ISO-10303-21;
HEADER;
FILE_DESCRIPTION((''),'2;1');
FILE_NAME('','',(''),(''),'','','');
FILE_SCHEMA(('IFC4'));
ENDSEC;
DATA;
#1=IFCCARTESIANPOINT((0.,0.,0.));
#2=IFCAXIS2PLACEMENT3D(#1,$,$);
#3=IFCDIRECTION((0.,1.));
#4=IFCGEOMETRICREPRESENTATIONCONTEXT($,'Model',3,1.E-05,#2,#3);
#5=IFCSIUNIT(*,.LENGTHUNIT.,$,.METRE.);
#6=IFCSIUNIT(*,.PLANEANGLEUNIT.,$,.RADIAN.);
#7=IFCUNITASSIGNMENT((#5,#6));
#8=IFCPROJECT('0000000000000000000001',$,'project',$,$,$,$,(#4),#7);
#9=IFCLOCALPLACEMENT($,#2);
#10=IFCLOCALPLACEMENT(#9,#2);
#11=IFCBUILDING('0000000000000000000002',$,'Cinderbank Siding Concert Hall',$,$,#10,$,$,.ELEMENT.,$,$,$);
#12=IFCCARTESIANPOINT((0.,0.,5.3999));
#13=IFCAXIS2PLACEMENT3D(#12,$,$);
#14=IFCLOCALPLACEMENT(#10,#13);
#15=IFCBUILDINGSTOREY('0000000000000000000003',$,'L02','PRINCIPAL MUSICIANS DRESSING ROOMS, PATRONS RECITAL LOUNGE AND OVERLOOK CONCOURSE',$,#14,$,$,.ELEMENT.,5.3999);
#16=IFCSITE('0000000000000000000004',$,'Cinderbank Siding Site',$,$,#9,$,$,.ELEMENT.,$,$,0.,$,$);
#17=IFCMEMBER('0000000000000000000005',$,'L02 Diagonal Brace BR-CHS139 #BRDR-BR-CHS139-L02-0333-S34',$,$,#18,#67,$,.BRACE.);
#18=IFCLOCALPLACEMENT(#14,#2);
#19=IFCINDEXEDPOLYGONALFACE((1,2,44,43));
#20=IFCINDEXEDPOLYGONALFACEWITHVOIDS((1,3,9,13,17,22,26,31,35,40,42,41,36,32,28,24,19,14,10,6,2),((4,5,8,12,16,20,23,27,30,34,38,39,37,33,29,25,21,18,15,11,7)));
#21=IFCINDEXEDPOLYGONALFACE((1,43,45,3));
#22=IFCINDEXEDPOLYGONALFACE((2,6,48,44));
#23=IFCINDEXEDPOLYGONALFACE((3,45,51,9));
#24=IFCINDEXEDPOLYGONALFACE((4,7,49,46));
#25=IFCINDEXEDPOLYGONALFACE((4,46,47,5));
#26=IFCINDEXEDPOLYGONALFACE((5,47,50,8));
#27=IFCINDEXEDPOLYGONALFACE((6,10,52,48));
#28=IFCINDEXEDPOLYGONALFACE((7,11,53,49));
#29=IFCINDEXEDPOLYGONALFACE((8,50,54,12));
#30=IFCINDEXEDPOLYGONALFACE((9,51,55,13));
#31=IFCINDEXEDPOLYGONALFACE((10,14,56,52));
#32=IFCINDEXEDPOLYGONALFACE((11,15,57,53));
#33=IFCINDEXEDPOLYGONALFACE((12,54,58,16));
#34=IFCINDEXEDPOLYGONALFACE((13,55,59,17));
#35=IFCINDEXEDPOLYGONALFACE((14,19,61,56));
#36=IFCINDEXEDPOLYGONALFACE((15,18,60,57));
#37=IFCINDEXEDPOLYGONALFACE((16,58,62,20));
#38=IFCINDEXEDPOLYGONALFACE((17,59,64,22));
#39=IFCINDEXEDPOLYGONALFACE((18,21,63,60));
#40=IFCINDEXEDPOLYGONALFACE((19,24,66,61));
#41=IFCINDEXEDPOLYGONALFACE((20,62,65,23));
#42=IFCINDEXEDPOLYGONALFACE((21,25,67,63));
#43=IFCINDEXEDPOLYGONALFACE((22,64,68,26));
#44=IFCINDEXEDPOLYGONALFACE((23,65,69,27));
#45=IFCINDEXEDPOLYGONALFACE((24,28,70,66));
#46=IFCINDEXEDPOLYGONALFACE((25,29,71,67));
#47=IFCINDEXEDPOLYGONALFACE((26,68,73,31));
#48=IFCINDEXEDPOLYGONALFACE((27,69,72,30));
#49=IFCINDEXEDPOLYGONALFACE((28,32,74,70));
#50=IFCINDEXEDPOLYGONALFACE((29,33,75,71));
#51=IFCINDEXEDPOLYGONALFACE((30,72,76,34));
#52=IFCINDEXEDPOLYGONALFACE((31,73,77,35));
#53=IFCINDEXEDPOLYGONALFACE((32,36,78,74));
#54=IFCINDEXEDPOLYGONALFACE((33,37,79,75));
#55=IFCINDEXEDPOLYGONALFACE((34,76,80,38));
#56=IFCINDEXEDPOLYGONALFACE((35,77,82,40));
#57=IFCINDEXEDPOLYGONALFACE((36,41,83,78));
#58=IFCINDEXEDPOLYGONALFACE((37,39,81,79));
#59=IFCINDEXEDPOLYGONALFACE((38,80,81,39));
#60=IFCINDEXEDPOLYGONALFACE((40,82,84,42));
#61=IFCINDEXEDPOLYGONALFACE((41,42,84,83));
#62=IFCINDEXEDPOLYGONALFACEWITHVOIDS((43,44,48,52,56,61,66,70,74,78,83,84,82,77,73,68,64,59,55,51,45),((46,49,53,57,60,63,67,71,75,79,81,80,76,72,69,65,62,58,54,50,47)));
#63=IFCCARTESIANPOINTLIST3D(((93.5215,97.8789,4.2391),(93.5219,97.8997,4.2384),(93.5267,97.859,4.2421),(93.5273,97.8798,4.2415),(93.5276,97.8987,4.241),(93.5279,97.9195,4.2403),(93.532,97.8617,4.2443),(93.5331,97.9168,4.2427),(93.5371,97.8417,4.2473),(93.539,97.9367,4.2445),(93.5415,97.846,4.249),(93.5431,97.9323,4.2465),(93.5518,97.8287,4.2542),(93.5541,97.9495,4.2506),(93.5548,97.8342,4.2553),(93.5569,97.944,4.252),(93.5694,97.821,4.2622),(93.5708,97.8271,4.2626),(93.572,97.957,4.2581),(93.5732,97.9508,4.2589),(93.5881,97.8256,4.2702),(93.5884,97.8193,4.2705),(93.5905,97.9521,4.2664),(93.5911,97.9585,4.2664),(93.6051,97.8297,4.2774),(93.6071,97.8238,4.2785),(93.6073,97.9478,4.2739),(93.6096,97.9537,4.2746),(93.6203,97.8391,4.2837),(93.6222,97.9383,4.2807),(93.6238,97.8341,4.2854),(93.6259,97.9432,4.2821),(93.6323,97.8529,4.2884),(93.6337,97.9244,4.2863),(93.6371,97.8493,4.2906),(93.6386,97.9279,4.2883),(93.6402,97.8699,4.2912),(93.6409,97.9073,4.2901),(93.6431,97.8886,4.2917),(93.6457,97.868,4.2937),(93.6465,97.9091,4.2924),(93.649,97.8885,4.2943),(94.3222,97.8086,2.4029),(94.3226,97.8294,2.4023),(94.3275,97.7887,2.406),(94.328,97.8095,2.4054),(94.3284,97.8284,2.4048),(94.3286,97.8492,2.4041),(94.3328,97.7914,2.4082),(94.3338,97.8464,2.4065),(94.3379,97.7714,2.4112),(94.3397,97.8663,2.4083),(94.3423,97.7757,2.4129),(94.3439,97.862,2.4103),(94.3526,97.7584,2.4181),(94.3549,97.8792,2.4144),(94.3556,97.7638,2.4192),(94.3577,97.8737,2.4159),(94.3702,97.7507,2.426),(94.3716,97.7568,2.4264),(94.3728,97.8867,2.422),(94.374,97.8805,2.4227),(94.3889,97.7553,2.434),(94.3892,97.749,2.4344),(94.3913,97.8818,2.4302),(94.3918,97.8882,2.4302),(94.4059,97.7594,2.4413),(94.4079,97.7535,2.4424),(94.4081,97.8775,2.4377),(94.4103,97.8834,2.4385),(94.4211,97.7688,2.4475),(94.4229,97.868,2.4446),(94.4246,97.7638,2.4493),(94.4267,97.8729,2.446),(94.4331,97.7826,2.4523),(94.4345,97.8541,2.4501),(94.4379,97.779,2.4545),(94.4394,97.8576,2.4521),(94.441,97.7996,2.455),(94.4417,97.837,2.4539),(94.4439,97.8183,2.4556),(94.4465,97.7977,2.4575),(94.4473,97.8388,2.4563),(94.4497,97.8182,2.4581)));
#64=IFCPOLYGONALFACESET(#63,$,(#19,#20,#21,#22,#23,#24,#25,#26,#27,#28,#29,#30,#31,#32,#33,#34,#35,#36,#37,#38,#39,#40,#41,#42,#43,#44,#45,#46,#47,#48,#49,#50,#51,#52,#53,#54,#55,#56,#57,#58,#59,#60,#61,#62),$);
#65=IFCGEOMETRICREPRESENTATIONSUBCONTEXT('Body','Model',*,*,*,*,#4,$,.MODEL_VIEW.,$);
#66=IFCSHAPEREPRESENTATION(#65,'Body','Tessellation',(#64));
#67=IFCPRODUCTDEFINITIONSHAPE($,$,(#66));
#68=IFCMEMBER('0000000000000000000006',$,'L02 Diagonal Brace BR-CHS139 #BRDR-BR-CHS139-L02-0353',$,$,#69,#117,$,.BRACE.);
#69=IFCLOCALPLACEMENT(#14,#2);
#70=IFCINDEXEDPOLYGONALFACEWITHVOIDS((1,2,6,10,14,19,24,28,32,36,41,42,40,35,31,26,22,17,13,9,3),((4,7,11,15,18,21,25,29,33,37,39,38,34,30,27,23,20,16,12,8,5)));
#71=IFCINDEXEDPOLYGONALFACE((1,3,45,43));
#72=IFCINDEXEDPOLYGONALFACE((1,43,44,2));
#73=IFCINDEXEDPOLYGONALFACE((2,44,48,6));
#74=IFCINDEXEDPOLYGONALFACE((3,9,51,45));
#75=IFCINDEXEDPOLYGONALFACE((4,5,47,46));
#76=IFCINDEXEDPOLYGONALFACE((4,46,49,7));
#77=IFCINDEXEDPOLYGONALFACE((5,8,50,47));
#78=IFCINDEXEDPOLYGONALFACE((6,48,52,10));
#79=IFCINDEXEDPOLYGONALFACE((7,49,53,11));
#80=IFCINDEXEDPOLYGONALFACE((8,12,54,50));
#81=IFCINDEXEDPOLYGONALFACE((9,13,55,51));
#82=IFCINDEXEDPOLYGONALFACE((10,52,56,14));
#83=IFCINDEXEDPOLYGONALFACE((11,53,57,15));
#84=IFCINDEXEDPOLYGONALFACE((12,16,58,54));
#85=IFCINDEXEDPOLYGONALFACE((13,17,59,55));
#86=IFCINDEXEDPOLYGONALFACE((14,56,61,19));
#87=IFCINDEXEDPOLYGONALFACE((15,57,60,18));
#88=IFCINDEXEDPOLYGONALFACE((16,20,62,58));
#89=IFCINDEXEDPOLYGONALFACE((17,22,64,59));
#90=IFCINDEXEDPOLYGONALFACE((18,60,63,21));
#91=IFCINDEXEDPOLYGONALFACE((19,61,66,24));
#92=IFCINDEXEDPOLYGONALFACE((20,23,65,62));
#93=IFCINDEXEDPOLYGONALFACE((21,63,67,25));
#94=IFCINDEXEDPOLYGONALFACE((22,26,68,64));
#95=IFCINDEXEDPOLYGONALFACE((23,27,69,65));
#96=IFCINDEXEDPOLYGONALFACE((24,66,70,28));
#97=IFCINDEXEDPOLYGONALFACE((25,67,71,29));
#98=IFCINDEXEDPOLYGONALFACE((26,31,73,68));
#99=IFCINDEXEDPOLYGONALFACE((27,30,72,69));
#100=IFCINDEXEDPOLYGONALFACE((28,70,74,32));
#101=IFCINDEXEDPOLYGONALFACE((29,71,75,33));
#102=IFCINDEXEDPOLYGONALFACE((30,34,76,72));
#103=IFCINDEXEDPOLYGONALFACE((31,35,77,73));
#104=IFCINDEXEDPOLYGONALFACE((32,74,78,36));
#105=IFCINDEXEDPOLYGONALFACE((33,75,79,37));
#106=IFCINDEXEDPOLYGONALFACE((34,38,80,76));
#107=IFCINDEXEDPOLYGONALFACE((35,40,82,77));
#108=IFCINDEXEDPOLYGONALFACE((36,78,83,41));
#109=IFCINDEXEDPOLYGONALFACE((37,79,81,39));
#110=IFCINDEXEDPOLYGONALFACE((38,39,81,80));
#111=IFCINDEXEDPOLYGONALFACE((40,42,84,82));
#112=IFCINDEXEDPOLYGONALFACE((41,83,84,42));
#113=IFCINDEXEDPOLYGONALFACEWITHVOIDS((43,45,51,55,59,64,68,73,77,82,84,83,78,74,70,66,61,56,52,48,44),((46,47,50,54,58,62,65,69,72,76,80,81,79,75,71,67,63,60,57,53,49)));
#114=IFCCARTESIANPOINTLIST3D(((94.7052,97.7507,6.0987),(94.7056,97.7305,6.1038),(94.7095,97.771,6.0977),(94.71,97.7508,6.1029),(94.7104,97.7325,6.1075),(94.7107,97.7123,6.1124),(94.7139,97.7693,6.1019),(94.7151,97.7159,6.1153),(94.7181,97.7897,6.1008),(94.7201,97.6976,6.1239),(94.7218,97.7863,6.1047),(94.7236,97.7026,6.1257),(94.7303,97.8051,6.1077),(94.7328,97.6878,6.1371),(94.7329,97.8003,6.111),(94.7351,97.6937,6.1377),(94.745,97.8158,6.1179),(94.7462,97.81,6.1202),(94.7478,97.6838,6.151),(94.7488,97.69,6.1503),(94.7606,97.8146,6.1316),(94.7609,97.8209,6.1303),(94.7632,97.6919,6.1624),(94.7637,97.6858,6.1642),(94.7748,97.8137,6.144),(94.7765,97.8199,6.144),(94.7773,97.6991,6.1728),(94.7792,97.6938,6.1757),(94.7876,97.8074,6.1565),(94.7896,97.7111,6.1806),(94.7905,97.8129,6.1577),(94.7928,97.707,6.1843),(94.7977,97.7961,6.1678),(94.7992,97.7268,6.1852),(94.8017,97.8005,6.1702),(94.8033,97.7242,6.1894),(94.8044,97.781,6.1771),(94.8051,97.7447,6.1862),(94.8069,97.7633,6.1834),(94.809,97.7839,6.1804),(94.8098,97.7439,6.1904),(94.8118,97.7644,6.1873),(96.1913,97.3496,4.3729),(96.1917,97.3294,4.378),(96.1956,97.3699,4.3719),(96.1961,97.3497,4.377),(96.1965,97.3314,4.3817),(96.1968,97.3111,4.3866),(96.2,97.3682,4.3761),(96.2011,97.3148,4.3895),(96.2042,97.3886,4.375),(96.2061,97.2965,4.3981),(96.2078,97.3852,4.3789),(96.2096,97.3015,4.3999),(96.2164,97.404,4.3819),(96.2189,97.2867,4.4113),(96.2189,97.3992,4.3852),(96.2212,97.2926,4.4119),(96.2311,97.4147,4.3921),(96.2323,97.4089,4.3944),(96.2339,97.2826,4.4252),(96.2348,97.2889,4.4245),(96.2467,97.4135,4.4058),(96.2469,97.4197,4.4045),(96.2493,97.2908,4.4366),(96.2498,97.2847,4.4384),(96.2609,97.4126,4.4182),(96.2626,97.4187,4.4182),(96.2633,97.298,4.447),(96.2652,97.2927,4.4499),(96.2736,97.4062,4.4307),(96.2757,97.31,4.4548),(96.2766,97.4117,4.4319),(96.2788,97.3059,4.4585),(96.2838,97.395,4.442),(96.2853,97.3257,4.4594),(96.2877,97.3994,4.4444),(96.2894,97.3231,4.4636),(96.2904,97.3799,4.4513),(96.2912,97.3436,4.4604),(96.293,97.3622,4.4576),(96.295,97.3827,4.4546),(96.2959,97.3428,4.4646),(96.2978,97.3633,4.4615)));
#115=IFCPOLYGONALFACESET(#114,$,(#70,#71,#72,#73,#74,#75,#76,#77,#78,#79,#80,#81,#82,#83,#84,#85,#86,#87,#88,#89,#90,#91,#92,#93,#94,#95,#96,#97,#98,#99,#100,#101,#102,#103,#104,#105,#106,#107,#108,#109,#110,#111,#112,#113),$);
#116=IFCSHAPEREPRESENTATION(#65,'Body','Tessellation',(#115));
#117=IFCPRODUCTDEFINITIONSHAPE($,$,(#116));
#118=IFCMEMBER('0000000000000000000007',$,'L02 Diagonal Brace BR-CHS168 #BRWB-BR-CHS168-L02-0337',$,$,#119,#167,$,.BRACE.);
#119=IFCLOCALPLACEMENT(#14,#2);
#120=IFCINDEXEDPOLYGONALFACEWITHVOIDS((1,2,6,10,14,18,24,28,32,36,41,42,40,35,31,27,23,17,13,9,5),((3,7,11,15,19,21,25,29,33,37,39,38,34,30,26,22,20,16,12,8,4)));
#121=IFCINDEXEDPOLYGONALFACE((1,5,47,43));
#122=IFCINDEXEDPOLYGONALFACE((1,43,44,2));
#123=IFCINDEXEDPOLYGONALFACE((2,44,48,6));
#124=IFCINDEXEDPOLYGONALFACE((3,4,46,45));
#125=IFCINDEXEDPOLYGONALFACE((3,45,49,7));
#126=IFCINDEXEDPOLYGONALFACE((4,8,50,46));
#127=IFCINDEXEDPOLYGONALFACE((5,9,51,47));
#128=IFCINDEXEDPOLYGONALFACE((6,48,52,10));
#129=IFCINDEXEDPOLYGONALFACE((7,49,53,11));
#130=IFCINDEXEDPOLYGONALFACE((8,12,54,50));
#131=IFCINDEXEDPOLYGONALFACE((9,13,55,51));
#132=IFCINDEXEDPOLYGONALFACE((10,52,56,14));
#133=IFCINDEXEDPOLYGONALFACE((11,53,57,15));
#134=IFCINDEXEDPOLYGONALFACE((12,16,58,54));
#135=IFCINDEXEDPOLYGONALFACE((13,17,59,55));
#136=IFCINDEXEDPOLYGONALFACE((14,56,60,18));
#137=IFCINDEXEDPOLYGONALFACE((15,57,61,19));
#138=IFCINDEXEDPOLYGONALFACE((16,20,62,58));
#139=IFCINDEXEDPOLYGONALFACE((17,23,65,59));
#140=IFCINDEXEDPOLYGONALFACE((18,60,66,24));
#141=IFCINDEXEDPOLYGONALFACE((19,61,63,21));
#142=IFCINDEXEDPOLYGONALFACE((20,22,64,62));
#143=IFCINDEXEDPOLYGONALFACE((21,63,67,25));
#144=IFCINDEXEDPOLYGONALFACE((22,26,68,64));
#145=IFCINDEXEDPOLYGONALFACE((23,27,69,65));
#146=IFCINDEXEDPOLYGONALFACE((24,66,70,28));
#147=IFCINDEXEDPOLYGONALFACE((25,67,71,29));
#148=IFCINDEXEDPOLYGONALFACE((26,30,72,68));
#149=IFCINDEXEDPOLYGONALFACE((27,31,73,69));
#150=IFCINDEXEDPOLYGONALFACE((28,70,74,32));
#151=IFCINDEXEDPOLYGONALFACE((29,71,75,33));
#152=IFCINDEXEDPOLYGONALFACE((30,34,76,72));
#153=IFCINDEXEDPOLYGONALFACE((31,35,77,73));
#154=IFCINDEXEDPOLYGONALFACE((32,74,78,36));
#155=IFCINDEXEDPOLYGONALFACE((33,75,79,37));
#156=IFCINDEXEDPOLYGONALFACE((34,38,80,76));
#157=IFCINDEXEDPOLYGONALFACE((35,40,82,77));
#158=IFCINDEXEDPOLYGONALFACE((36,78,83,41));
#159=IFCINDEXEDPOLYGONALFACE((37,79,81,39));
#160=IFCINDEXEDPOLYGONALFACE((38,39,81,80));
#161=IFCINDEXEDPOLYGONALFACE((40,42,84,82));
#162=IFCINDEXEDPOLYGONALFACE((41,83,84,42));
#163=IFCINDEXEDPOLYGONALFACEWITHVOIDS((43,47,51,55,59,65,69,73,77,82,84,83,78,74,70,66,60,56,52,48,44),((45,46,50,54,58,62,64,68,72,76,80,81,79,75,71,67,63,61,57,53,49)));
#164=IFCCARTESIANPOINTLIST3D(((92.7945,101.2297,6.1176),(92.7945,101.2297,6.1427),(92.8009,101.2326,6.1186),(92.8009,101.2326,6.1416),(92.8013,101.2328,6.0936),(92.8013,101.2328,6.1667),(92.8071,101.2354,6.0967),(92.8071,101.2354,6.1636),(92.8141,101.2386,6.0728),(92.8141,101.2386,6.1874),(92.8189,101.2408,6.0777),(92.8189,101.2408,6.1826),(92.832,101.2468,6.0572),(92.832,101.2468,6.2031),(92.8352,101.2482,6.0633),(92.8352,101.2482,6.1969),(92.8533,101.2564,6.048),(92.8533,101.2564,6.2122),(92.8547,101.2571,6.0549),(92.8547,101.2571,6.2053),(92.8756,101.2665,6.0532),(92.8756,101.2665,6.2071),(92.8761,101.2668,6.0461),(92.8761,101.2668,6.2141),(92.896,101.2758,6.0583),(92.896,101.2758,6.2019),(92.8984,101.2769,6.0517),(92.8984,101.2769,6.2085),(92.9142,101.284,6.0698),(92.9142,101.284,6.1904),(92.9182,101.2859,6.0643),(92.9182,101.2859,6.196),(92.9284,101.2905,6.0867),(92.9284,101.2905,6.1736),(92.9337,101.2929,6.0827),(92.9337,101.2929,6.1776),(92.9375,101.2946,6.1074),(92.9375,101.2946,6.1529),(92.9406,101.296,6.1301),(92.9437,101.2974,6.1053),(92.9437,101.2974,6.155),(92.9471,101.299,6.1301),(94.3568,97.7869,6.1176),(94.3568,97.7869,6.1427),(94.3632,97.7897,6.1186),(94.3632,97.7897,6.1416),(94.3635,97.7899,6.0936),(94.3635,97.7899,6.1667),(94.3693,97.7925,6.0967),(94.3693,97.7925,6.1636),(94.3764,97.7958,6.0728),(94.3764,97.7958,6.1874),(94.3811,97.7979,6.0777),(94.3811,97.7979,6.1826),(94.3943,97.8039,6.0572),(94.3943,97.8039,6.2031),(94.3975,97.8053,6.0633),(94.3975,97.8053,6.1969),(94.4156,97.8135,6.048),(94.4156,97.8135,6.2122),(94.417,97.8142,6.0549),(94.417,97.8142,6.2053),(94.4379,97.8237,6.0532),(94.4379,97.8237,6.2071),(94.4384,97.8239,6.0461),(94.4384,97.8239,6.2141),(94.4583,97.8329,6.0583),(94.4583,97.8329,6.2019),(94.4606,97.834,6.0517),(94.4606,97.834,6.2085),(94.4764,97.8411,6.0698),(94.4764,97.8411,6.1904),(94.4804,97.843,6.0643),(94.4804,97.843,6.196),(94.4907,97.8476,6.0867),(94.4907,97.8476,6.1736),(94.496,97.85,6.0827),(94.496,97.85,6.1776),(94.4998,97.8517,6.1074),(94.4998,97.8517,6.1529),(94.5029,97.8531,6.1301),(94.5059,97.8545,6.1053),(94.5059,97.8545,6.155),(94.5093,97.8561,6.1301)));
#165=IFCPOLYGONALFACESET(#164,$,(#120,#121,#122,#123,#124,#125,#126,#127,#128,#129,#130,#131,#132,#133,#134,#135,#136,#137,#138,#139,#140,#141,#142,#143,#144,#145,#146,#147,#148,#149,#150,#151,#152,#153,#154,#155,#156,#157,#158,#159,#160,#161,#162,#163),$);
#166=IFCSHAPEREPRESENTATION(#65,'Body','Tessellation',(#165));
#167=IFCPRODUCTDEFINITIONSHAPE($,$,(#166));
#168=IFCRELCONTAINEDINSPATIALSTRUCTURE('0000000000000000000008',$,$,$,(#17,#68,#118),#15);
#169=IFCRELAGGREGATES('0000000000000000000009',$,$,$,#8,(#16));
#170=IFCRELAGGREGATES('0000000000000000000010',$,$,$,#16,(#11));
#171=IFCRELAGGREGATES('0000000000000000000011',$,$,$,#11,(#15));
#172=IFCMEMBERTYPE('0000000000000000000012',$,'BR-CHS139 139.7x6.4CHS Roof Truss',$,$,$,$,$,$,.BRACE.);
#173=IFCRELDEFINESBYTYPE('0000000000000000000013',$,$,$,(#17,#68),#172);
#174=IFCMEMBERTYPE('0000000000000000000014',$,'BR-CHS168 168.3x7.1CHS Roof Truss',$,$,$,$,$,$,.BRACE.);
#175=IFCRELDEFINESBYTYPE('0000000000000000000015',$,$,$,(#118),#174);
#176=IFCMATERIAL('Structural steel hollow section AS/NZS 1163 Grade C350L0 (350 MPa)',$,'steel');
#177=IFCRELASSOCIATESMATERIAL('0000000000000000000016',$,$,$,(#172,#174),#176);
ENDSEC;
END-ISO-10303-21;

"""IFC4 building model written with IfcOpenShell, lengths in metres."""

from ifc_helpers import new_model, si_unit, direction, frame, origin, origin_2d, place, context, subcontext, project, spatial, hollow_circle, extrude, material, material_profile, profile_set, type_object, element, save


model = new_model("IFC4")

# Units and contexts
model_context = context("Model", 3, precision=1e-05, world=origin(), true_north=direction((0.0, 1.0)))
body_context = subcontext(model_context, "Body", "Model", "MODEL_VIEW")
ifc_project = project(units=[si_unit("LENGTHUNIT", "METRE"), si_unit("PLANEANGLEUNIT", "RADIAN")], contexts=[model_context])

# Site, building, storey
site_placement = place(None, origin())
site = spatial("IfcSite", under=ifc_project, at=site_placement, Name="Cinderbank Siding Site", CompositionType="ELEMENT", RefElevation=0.0)
building_placement = place(site_placement, origin())
building = spatial("IfcBuilding", under=site, at=building_placement, Name="Cinderbank Siding Concert Hall", CompositionType="ELEMENT")
storey_placement = place(building_placement, frame((0.0, 0.0, 5.3999)))
storey = spatial("IfcBuildingStorey", under=building, at=storey_placement, Name="L02", Description="PRINCIPAL MUSICIANS DRESSING ROOMS, PATRONS RECITAL LOUNGE AND OVERLOOK CONCOURSE", CompositionType="ELEMENT", Elevation=5.3999)

# Members
ifc_material_1 = material(Name="Structural steel hollow section AS/NZS 1163 Grade C350L0 (350 MPa)", Category="steel")
ifc_material_profile_1 = material_profile(ifc_material_1, hollow_circle(Radius=0.0698, WallThickness=0.0063, at=origin_2d()), Name="139.7x6.4CHS", Category="LoadBearing")
ifc_profile_set_1 = profile_set([ifc_material_profile_1], Name="Structural steel hollow section AS/NZS 1163 Grade C350L0 (350 MPa)")
member_type_1 = type_object("IfcMemberType", Name="BR-CHS139 139.7x6.4CHS Roof Truss", PredefinedType="BRACE", material=ifc_profile_set_1)
member_1_placement = place(storey_placement, frame((93.585, 97.8889, 4.2664), z_axis=(0.399505, -0.035078, -0.91606), x_axis=(0.087468, 0.996167, 0.0)))
element("IfcMember", 1, at=member_1_placement, inside=storey, type_object=member_type_1, Name="L02 Diagonal Brace BR-CHS139 #BRDR-BR-CHS139-L02-0333-S34", PredefinedType="BRACE", context=body_context, shape_type="SweptSolid", body=[
    extrude(hollow_circle(Radius=0.0698, WallThickness=0.0063, at=origin_2d()), origin(), (0.0, 0.0, 1.0), 2.0044),
])
member_2_placement = place(storey_placement, frame((94.7583, 97.7524, 6.144), z_axis=(0.64262, -0.173456, -0.746292), x_axis=(0.260593, 0.965449, 0.0)))
element("IfcMember", 2, at=member_2_placement, inside=storey, type_object=member_type_1, Name="L02 Diagonal Brace BR-CHS139 #BRDR-BR-CHS139-L02-0353", PredefinedType="BRACE", context=body_context, shape_type="SweptSolid", body=[
    extrude(hollow_circle(Radius=0.0698, WallThickness=0.0063, at=origin_2d()), origin(), (0.0, 0.0, 1.0), 2.3125),
])
ifc_material_profile_2 = material_profile(ifc_material_1, hollow_circle(Radius=0.0842, WallThickness=0.0071, at=origin_2d()), Name="168.3x7.1CHS", Category="LoadBearing")
ifc_profile_set_2 = profile_set([ifc_material_profile_2], Name="Structural steel hollow section AS/NZS 1163 Grade C350L0 (350 MPa)")
member_type_2 = type_object("IfcMemberType", Name="BR-CHS168 168.3x7.1CHS Roof Truss", PredefinedType="BRACE", material=ifc_profile_set_2)
member_3_placement = place(storey_placement, frame((92.8704, 101.2642, 6.1301), z_axis=(0.413214, -0.910634, 0.0), x_axis=(0.910634, 0.413214, 0.0)))
element("IfcMember", 3, at=member_3_placement, inside=storey, type_object=member_type_2, Name="L02 Diagonal Brace BR-CHS168 #BRWB-BR-CHS168-L02-0337", PredefinedType="BRACE", context=body_context, shape_type="SweptSolid", body=[
    extrude(hollow_circle(Radius=0.0842, WallThickness=0.0071, at=origin_2d()), origin(), (0.0, 0.0, 1.0), 3.7808),
])

save(model, "model.ifc")
